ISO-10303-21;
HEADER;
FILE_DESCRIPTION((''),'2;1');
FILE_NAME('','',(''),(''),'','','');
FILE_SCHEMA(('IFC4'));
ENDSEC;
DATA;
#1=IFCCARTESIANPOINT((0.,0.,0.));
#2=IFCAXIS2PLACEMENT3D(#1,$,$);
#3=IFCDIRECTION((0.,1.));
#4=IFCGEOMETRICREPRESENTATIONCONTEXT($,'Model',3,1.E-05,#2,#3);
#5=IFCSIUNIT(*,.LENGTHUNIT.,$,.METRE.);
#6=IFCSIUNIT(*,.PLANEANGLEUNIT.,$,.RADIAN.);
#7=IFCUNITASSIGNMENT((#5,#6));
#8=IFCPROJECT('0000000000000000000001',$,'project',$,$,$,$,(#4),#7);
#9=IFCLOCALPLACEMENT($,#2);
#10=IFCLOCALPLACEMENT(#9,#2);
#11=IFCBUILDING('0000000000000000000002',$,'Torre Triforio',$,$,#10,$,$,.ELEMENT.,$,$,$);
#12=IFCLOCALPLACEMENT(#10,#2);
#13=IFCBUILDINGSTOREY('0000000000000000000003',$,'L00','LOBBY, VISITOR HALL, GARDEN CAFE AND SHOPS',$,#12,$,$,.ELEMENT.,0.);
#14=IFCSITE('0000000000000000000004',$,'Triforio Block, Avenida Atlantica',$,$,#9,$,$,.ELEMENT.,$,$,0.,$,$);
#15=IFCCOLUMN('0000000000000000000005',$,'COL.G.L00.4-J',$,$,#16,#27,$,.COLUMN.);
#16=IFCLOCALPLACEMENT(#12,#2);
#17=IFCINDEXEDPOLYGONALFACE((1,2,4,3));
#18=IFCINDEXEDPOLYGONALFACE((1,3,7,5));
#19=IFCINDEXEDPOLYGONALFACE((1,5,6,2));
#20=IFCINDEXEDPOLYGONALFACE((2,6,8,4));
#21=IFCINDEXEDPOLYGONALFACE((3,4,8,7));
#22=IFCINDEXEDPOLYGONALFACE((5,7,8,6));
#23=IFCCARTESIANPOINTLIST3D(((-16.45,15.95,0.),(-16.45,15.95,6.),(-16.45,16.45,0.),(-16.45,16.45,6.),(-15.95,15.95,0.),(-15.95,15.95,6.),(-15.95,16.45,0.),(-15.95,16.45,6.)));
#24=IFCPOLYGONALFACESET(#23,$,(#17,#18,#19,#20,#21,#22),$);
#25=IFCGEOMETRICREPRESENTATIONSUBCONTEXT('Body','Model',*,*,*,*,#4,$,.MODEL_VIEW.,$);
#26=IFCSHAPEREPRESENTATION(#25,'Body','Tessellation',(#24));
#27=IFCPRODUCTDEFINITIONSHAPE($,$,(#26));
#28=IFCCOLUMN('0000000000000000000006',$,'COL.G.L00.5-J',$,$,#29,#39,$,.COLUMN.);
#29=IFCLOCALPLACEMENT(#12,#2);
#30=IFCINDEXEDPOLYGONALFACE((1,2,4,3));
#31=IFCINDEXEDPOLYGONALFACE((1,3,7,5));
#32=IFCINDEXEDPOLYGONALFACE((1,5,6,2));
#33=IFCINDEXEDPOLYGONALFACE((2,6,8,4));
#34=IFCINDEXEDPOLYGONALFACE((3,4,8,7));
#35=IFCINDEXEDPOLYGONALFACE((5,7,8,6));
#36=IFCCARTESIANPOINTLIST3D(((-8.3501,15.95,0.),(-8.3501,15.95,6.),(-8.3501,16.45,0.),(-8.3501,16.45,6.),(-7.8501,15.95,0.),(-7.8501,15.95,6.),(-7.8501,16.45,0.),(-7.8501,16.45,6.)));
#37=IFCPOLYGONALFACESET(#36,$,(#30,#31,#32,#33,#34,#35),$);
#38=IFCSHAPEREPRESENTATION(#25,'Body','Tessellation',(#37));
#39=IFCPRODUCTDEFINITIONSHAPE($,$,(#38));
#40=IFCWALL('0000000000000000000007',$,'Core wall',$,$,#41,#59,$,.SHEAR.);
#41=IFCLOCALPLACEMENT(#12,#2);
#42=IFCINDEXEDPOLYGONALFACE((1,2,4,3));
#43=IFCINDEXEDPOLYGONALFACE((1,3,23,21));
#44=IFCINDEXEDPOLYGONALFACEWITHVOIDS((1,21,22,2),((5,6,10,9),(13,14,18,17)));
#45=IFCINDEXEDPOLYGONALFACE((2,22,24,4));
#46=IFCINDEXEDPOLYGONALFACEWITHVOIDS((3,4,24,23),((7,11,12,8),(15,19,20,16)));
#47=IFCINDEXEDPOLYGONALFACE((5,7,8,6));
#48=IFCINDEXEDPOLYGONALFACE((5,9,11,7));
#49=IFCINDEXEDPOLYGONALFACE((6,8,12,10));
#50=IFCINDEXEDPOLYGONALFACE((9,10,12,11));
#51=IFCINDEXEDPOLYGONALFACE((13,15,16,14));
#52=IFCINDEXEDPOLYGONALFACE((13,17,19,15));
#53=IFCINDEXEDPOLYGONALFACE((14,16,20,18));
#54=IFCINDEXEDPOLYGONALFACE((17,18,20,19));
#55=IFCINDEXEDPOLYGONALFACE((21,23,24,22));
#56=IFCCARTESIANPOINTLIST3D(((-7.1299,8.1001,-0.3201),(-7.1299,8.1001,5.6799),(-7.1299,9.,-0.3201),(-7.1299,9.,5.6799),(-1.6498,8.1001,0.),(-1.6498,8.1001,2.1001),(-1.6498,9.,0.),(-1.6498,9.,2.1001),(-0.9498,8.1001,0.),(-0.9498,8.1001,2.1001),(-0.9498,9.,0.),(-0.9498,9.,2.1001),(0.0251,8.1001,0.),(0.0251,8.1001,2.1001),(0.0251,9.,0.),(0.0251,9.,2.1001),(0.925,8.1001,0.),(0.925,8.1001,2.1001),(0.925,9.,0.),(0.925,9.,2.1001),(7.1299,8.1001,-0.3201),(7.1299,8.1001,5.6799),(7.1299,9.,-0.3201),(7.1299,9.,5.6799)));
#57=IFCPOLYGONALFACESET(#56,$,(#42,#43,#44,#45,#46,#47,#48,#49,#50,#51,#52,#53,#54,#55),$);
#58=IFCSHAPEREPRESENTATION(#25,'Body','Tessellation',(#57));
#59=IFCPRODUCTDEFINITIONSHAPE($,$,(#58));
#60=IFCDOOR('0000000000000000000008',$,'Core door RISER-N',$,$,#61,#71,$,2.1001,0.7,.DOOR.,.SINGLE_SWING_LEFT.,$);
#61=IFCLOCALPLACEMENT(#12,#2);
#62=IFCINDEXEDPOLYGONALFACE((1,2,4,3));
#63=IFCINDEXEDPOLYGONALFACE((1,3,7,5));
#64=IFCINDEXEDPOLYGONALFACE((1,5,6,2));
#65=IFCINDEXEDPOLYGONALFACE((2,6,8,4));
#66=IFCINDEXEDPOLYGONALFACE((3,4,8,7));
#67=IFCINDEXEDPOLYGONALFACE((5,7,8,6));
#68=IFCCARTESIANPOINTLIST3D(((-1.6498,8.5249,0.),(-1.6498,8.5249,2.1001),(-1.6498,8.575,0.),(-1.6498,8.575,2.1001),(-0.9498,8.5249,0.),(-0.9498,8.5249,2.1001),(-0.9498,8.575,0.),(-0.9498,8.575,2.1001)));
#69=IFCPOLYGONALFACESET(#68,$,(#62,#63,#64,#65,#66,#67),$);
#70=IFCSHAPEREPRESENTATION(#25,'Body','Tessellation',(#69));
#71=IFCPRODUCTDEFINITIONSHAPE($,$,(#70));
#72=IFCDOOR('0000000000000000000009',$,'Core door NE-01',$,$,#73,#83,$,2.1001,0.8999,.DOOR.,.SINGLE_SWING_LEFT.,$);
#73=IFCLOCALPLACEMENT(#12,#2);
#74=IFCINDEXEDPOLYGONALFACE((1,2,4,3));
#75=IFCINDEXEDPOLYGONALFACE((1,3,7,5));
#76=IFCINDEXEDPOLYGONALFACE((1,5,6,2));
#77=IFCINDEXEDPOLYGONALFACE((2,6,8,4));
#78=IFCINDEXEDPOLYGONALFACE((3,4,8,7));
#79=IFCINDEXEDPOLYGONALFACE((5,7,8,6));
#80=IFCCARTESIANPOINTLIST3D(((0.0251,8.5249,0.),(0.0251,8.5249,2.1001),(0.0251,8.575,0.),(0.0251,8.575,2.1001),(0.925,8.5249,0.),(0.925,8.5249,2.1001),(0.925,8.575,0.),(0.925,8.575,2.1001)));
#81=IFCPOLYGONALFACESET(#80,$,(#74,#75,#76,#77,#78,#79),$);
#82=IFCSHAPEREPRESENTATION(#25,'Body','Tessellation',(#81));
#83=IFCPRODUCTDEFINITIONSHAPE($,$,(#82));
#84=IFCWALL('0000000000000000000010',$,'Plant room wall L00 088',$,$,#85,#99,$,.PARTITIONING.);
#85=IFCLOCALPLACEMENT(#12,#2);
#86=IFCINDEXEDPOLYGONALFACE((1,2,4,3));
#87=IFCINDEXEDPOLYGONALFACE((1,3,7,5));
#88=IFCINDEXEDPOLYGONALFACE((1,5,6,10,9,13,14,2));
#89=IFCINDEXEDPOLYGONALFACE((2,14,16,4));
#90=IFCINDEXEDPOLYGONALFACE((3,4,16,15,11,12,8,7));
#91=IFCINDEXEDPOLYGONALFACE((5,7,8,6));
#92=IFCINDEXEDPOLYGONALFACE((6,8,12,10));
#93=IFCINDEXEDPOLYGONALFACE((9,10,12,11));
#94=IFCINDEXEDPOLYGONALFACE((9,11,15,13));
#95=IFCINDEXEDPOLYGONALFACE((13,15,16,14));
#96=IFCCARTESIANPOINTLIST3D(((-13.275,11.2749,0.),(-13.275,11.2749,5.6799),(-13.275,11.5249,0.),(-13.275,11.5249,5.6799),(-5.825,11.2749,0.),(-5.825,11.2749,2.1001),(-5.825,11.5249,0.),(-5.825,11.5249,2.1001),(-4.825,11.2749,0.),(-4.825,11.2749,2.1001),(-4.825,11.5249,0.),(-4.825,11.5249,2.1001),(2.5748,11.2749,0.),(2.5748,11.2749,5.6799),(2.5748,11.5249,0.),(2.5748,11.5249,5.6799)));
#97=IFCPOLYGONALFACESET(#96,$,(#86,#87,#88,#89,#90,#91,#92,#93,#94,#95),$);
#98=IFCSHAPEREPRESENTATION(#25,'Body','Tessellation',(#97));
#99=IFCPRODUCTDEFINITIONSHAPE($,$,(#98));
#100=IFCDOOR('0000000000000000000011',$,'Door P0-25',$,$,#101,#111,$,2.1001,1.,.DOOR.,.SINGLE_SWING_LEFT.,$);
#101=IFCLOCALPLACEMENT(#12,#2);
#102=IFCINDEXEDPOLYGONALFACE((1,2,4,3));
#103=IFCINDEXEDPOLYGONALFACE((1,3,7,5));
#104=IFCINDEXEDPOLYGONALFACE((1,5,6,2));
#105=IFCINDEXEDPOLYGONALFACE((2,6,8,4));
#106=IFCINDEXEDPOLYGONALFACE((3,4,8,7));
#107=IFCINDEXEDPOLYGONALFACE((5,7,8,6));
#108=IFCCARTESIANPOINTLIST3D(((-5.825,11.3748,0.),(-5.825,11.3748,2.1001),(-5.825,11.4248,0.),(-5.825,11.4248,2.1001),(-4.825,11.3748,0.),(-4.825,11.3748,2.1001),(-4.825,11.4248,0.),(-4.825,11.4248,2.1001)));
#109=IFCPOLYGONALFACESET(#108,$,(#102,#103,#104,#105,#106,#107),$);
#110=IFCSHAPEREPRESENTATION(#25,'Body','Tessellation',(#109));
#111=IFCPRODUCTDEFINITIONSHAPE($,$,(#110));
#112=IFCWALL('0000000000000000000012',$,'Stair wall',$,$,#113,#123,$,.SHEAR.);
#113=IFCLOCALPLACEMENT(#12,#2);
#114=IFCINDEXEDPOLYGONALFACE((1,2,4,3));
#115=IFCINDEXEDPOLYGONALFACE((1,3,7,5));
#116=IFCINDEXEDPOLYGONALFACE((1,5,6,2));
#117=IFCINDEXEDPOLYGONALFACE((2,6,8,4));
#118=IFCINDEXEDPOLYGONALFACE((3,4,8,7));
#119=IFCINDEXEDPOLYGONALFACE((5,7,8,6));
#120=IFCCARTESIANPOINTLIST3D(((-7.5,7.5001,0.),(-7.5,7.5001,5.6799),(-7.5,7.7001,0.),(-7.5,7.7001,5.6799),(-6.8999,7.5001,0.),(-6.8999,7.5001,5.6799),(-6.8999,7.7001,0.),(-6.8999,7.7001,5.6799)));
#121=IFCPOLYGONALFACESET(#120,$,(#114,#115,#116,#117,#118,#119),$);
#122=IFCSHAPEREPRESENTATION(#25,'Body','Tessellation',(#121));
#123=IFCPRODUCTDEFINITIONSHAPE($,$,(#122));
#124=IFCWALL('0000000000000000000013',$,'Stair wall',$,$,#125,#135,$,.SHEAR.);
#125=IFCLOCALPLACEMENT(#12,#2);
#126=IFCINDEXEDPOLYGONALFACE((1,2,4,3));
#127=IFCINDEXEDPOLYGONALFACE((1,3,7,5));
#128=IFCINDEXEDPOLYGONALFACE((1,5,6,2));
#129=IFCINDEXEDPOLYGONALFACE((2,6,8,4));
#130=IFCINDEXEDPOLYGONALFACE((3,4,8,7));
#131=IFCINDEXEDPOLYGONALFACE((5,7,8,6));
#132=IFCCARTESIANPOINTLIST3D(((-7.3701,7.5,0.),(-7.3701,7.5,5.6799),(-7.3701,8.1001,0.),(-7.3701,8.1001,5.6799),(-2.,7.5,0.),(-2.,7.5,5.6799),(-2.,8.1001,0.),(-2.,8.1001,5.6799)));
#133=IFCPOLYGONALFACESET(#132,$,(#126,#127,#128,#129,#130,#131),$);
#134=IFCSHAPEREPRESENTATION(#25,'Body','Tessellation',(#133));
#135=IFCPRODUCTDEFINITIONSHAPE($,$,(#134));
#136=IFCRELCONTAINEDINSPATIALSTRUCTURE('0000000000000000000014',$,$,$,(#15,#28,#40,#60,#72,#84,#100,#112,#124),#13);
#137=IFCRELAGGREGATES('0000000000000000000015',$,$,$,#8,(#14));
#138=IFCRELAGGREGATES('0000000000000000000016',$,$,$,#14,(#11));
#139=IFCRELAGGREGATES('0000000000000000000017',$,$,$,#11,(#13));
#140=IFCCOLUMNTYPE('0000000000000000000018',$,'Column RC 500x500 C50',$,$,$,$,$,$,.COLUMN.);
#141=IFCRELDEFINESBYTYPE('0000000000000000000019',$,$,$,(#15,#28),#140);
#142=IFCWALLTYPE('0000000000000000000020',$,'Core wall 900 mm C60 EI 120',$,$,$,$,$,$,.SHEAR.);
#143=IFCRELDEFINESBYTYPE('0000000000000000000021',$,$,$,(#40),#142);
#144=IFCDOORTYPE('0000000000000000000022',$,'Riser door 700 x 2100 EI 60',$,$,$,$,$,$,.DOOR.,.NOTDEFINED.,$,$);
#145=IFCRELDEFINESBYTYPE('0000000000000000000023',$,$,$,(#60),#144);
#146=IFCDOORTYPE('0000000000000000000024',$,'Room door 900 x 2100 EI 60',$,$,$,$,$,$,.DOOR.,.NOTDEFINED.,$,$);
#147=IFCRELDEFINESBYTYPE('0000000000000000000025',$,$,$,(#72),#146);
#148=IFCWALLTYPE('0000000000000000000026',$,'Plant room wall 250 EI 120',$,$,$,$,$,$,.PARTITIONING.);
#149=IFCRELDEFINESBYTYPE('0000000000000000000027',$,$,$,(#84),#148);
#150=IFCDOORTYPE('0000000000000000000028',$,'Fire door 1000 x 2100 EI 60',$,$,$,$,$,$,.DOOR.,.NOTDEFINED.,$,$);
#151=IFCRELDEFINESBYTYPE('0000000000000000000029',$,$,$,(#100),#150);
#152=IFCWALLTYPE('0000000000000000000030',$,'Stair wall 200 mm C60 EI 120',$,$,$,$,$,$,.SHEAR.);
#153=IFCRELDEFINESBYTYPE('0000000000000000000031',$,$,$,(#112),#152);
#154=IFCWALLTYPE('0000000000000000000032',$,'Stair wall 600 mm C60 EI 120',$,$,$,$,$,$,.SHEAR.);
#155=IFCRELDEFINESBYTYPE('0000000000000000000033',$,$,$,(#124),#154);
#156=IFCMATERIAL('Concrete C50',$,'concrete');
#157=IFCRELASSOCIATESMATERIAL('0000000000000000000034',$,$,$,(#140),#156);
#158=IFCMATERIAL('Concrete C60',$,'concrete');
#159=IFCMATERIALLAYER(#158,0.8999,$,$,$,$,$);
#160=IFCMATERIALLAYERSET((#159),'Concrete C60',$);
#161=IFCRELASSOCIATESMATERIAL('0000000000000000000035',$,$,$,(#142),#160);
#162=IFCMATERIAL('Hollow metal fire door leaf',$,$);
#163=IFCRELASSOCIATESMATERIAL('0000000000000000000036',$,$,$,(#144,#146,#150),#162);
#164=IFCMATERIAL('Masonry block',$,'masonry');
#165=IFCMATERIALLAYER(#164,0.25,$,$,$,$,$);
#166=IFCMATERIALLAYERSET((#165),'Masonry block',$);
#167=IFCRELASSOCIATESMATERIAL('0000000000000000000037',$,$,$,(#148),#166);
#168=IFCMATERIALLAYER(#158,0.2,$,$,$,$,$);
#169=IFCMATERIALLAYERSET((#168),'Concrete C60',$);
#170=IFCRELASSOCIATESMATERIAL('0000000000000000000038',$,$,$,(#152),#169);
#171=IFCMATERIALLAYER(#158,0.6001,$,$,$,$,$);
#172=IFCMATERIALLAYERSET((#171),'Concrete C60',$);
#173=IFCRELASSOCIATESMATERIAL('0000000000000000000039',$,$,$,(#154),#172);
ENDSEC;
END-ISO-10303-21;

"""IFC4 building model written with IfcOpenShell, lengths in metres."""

from ifc_helpers import new_model, si_unit, direction, frame, frame_2d, origin, origin_2d, place, context, subcontext, project, spatial, rectangle, extrude, material, layer, layer_set, material_profile, profile_set, type_object, element, fill, save


model = new_model("IFC4")

# Units and contexts
model_context = context("Model", 3, precision=1e-05, world=origin(), true_north=direction((0.0, 1.0)))
body_context = subcontext(model_context, "Body", "Model", "MODEL_VIEW")
ifc_project = project(units=[si_unit("LENGTHUNIT", "METRE"), si_unit("PLANEANGLEUNIT", "RADIAN")], contexts=[model_context])

# Site, building, storey
site_placement = place(None, origin())
site = spatial("IfcSite", under=ifc_project, at=site_placement, Name="Triforio Block, Avenida Atlantica", CompositionType="ELEMENT", RefElevation=0.0)
building_placement = place(site_placement, origin())
building = spatial("IfcBuilding", under=site, at=building_placement, Name="Torre Triforio", CompositionType="ELEMENT")
storey_placement = place(building_placement, origin())
storey = spatial("IfcBuildingStorey", under=building, at=storey_placement, Name="L00", Description="LOBBY, VISITOR HALL, GARDEN CAFE AND SHOPS", CompositionType="ELEMENT", Elevation=0.0)

# Columns
ifc_material_1 = material(Name="Concrete C50", Category="concrete")
ifc_material_profile = material_profile(ifc_material_1, rectangle(XDim=0.5, YDim=0.5, at=origin_2d()), Name="RC 500x500")
ifc_profile_set = profile_set([ifc_material_profile], Name="Concrete C50")
column_type = type_object("IfcColumnType", Name="Column RC 500x500 C50", PredefinedType="COLUMN", material=ifc_profile_set)
for number, where, z_axis, x_axis, name in (
    (1, (-16.2, 16.2, 0.0), (0.0, 0.0, 1.0), (1.0, 0.0, 0.0), "COL.G.L00.4-J"),
    (2, (-8.1001, 16.2, 0.0), (0.0, 0.0, 1.0), (1.0, 0.0, 0.0), "COL.G.L00.5-J"),
):
    element("IfcColumn", number, at=place(storey_placement, frame(where, z_axis=z_axis, x_axis=x_axis)), inside=storey, type_object=column_type, Name=name, PredefinedType="COLUMN", context=body_context, shape_type="SweptSolid", body=[
        extrude(rectangle(XDim=0.5, YDim=0.5, at=origin_2d()), origin(), (0.0, 0.0, 1.0), 6.0),
    ])

# Wall, openings, doors
ifc_material_2 = material(Name="Concrete C60", Category="concrete")
ifc_layer_1 = layer(ifc_material_2, 0.8999)
ifc_layer_set_1 = layer_set([ifc_layer_1], Name="Concrete C60")
wall_type_1 = type_object("IfcWallType", Name="Core wall 900 mm C60 EI 120", PredefinedType="SHEAR", material=ifc_layer_set_1)
wall_1_placement = place(storey_placement, frame((-7.1299, 8.55, -0.3201), z_axis=(0.0, 0.0, 1.0), x_axis=(1.0, 0.0, 0.0)))
wall_1 = element("IfcWall", 3, at=wall_1_placement, inside=storey, type_object=wall_type_1, Name="Core wall", PredefinedType="SHEAR", context=body_context, shape_type="SweptSolid", body=[
    extrude(rectangle(XDim=14.2598, YDim=0.8999, at=frame_2d((7.1299, 0.0))), origin(), (0.0, 0.0, 1.0), 6.0),
])
opening_1_placement = place(wall_1_placement, frame((5.48, 0.0, 0.3201)))
opening_1 = element("IfcOpeningElement", 4, at=opening_1_placement, cuts=wall_1, PredefinedType="OPENING", context=body_context, shape_type="SweptSolid", body=[
    extrude(rectangle(XDim=0.7, YDim=2.1001, at=frame_2d((0.3501, 1.05))), frame((0.0, 0.46, 0.0), z_axis=(0.0, -1.0, 0.0), x_axis=(1.0, 0.0, 0.0)), (0.0, 0.0, 1.0), 0.9199),
])
opening_2_placement = place(wall_1_placement, frame((7.155, 0.0, 0.3201)))
opening_2 = element("IfcOpeningElement", 5, at=opening_2_placement, cuts=wall_1, PredefinedType="OPENING", context=body_context, shape_type="SweptSolid", body=[
    extrude(rectangle(XDim=0.8999, YDim=2.1001, at=frame_2d((0.45, 1.05))), frame((0.0, 0.46, 0.0), z_axis=(0.0, -1.0, 0.0), x_axis=(1.0, 0.0, 0.0)), (0.0, 0.0, 1.0), 0.9199),
])
ifc_material_3 = material(Name="Hollow metal fire door leaf")
door_type_1 = type_object("IfcDoorType", Name="Riser door 700 x 2100 EI 60", OperationType="NOTDEFINED", PredefinedType="DOOR", material=ifc_material_3)
door_1_placement = place(opening_1_placement, origin())
door_1 = element("IfcDoor", 6, at=door_1_placement, inside=storey, type_object=door_type_1, Name="Core door RISER-N", OperationType="SINGLE_SWING_LEFT", OverallHeight=2.1001, OverallWidth=0.7, PredefinedType="DOOR", context=body_context, shape_type="SweptSolid", body=[
    extrude(rectangle(XDim=0.7, YDim=2.1001, at=frame_2d((0.3501, 1.05))), frame((0.0, 0.0249, 0.0), z_axis=(0.0, -1.0, 0.0), x_axis=(1.0, 0.0, 0.0)), (0.0, 0.0, 1.0), 0.05),
])
fill(opening_1, door_1)
door_type_2 = type_object("IfcDoorType", Name="Room door 900 x 2100 EI 60", OperationType="NOTDEFINED", PredefinedType="DOOR", material=ifc_material_3)
door_2_placement = place(opening_2_placement, origin())
door_2 = element("IfcDoor", 7, at=door_2_placement, inside=storey, type_object=door_type_2, Name="Core door NE-01", OperationType="SINGLE_SWING_LEFT", OverallHeight=2.1001, OverallWidth=0.8999, PredefinedType="DOOR", context=body_context, shape_type="SweptSolid", body=[
    extrude(rectangle(XDim=0.8999, YDim=2.1001, at=frame_2d((0.45, 1.05))), frame((0.0, 0.0249, 0.0), z_axis=(0.0, -1.0, 0.0), x_axis=(1.0, 0.0, 0.0)), (0.0, 0.0, 1.0), 0.05),
])
fill(opening_2, door_2)

# Wall, opening, door
ifc_material_4 = material(Name="Masonry block", Category="masonry")
ifc_layer_2 = layer(ifc_material_4, 0.25)
ifc_layer_set_2 = layer_set([ifc_layer_2], Name="Masonry block")
wall_type_2 = type_object("IfcWallType", Name="Plant room wall 250 EI 120", PredefinedType="PARTITIONING", material=ifc_layer_set_2)
wall_2_placement = place(storey_placement, frame((-13.2749, 11.3999, 0.0), z_axis=(0.0, 0.0, 1.0), x_axis=(1.0, 0.0, 0.0)))
wall_2 = element("IfcWall", 8, at=wall_2_placement, inside=storey, type_object=wall_type_2, Name="Plant room wall L00 088", PredefinedType="PARTITIONING", context=body_context, shape_type="SweptSolid", body=[
    extrude(rectangle(XDim=15.8499, YDim=0.25, at=frame_2d((7.9248, 0.0))), origin(), (0.0, 0.0, 1.0), 5.6799),
])
opening_3_placement = place(wall_2_placement, frame((7.45, 0.0, 0.0)))
opening_3 = element("IfcOpeningElement", 9, at=opening_3_placement, cuts=wall_2, PredefinedType="OPENING", context=body_context, shape_type="SweptSolid", body=[
    extrude(rectangle(XDim=1.0, YDim=2.1001, at=frame_2d((0.5, 1.05))), frame((0.0, 0.135, 0.0), z_axis=(0.0, -1.0, 0.0), x_axis=(1.0, 0.0, 0.0)), (0.0, 0.0, 1.0), 0.27),
])
door_type_3 = type_object("IfcDoorType", Name="Fire door 1000 x 2100 EI 60", OperationType="NOTDEFINED", PredefinedType="DOOR", material=ifc_material_3)
door_3_placement = place(opening_3_placement, origin())
door_3 = element("IfcDoor", 10, at=door_3_placement, inside=storey, type_object=door_type_3, Name="Door P0-25", OperationType="SINGLE_SWING_LEFT", OverallHeight=2.1001, OverallWidth=1.0, PredefinedType="DOOR", context=body_context, shape_type="SweptSolid", body=[
    extrude(rectangle(XDim=1.0, YDim=2.1001, at=frame_2d((0.5, 1.05))), frame((0.0, 0.0249, 0.0), z_axis=(0.0, -1.0, 0.0), x_axis=(1.0, 0.0, 0.0)), (0.0, 0.0, 1.0), 0.05),
])
fill(opening_3, door_3)

# Walls
ifc_layer_3 = layer(ifc_material_2, 0.2)
ifc_layer_set_3 = layer_set([ifc_layer_3], Name="Concrete C60")
wall_type_3 = type_object("IfcWallType", Name="Stair wall 200 mm C60 EI 120", PredefinedType="SHEAR", material=ifc_layer_set_3)
wall_3_placement = place(storey_placement, frame((-7.5, 7.6001, 0.0), z_axis=(0.0, 0.0, 1.0), x_axis=(1.0, 0.0, 0.0)))
element("IfcWall", 11, at=wall_3_placement, inside=storey, type_object=wall_type_3, Name="Stair wall", PredefinedType="SHEAR", context=body_context, shape_type="SweptSolid", body=[
    extrude(rectangle(XDim=0.6001, YDim=0.2, at=frame_2d((0.3, 0.0))), origin(), (0.0, 0.0, 1.0), 5.6799),
])
ifc_layer_4 = layer(ifc_material_2, 0.6001)
ifc_layer_set_4 = layer_set([ifc_layer_4], Name="Concrete C60")
wall_type_4 = type_object("IfcWallType", Name="Stair wall 600 mm C60 EI 120", PredefinedType="SHEAR", material=ifc_layer_set_4)
wall_4_placement = place(storey_placement, frame((-7.3701, 7.8, 0.0), z_axis=(0.0, 0.0, 1.0), x_axis=(1.0, 0.0, 0.0)))
element("IfcWall", 12, at=wall_4_placement, inside=storey, type_object=wall_type_4, Name="Stair wall", PredefinedType="SHEAR", context=body_context, shape_type="SweptSolid", body=[
    extrude(rectangle(XDim=5.3701, YDim=0.6001, at=frame_2d((2.6851, 0.0))), origin(), (0.0, 0.0, 1.0), 5.6799),
])

save(model, "model.ifc")
